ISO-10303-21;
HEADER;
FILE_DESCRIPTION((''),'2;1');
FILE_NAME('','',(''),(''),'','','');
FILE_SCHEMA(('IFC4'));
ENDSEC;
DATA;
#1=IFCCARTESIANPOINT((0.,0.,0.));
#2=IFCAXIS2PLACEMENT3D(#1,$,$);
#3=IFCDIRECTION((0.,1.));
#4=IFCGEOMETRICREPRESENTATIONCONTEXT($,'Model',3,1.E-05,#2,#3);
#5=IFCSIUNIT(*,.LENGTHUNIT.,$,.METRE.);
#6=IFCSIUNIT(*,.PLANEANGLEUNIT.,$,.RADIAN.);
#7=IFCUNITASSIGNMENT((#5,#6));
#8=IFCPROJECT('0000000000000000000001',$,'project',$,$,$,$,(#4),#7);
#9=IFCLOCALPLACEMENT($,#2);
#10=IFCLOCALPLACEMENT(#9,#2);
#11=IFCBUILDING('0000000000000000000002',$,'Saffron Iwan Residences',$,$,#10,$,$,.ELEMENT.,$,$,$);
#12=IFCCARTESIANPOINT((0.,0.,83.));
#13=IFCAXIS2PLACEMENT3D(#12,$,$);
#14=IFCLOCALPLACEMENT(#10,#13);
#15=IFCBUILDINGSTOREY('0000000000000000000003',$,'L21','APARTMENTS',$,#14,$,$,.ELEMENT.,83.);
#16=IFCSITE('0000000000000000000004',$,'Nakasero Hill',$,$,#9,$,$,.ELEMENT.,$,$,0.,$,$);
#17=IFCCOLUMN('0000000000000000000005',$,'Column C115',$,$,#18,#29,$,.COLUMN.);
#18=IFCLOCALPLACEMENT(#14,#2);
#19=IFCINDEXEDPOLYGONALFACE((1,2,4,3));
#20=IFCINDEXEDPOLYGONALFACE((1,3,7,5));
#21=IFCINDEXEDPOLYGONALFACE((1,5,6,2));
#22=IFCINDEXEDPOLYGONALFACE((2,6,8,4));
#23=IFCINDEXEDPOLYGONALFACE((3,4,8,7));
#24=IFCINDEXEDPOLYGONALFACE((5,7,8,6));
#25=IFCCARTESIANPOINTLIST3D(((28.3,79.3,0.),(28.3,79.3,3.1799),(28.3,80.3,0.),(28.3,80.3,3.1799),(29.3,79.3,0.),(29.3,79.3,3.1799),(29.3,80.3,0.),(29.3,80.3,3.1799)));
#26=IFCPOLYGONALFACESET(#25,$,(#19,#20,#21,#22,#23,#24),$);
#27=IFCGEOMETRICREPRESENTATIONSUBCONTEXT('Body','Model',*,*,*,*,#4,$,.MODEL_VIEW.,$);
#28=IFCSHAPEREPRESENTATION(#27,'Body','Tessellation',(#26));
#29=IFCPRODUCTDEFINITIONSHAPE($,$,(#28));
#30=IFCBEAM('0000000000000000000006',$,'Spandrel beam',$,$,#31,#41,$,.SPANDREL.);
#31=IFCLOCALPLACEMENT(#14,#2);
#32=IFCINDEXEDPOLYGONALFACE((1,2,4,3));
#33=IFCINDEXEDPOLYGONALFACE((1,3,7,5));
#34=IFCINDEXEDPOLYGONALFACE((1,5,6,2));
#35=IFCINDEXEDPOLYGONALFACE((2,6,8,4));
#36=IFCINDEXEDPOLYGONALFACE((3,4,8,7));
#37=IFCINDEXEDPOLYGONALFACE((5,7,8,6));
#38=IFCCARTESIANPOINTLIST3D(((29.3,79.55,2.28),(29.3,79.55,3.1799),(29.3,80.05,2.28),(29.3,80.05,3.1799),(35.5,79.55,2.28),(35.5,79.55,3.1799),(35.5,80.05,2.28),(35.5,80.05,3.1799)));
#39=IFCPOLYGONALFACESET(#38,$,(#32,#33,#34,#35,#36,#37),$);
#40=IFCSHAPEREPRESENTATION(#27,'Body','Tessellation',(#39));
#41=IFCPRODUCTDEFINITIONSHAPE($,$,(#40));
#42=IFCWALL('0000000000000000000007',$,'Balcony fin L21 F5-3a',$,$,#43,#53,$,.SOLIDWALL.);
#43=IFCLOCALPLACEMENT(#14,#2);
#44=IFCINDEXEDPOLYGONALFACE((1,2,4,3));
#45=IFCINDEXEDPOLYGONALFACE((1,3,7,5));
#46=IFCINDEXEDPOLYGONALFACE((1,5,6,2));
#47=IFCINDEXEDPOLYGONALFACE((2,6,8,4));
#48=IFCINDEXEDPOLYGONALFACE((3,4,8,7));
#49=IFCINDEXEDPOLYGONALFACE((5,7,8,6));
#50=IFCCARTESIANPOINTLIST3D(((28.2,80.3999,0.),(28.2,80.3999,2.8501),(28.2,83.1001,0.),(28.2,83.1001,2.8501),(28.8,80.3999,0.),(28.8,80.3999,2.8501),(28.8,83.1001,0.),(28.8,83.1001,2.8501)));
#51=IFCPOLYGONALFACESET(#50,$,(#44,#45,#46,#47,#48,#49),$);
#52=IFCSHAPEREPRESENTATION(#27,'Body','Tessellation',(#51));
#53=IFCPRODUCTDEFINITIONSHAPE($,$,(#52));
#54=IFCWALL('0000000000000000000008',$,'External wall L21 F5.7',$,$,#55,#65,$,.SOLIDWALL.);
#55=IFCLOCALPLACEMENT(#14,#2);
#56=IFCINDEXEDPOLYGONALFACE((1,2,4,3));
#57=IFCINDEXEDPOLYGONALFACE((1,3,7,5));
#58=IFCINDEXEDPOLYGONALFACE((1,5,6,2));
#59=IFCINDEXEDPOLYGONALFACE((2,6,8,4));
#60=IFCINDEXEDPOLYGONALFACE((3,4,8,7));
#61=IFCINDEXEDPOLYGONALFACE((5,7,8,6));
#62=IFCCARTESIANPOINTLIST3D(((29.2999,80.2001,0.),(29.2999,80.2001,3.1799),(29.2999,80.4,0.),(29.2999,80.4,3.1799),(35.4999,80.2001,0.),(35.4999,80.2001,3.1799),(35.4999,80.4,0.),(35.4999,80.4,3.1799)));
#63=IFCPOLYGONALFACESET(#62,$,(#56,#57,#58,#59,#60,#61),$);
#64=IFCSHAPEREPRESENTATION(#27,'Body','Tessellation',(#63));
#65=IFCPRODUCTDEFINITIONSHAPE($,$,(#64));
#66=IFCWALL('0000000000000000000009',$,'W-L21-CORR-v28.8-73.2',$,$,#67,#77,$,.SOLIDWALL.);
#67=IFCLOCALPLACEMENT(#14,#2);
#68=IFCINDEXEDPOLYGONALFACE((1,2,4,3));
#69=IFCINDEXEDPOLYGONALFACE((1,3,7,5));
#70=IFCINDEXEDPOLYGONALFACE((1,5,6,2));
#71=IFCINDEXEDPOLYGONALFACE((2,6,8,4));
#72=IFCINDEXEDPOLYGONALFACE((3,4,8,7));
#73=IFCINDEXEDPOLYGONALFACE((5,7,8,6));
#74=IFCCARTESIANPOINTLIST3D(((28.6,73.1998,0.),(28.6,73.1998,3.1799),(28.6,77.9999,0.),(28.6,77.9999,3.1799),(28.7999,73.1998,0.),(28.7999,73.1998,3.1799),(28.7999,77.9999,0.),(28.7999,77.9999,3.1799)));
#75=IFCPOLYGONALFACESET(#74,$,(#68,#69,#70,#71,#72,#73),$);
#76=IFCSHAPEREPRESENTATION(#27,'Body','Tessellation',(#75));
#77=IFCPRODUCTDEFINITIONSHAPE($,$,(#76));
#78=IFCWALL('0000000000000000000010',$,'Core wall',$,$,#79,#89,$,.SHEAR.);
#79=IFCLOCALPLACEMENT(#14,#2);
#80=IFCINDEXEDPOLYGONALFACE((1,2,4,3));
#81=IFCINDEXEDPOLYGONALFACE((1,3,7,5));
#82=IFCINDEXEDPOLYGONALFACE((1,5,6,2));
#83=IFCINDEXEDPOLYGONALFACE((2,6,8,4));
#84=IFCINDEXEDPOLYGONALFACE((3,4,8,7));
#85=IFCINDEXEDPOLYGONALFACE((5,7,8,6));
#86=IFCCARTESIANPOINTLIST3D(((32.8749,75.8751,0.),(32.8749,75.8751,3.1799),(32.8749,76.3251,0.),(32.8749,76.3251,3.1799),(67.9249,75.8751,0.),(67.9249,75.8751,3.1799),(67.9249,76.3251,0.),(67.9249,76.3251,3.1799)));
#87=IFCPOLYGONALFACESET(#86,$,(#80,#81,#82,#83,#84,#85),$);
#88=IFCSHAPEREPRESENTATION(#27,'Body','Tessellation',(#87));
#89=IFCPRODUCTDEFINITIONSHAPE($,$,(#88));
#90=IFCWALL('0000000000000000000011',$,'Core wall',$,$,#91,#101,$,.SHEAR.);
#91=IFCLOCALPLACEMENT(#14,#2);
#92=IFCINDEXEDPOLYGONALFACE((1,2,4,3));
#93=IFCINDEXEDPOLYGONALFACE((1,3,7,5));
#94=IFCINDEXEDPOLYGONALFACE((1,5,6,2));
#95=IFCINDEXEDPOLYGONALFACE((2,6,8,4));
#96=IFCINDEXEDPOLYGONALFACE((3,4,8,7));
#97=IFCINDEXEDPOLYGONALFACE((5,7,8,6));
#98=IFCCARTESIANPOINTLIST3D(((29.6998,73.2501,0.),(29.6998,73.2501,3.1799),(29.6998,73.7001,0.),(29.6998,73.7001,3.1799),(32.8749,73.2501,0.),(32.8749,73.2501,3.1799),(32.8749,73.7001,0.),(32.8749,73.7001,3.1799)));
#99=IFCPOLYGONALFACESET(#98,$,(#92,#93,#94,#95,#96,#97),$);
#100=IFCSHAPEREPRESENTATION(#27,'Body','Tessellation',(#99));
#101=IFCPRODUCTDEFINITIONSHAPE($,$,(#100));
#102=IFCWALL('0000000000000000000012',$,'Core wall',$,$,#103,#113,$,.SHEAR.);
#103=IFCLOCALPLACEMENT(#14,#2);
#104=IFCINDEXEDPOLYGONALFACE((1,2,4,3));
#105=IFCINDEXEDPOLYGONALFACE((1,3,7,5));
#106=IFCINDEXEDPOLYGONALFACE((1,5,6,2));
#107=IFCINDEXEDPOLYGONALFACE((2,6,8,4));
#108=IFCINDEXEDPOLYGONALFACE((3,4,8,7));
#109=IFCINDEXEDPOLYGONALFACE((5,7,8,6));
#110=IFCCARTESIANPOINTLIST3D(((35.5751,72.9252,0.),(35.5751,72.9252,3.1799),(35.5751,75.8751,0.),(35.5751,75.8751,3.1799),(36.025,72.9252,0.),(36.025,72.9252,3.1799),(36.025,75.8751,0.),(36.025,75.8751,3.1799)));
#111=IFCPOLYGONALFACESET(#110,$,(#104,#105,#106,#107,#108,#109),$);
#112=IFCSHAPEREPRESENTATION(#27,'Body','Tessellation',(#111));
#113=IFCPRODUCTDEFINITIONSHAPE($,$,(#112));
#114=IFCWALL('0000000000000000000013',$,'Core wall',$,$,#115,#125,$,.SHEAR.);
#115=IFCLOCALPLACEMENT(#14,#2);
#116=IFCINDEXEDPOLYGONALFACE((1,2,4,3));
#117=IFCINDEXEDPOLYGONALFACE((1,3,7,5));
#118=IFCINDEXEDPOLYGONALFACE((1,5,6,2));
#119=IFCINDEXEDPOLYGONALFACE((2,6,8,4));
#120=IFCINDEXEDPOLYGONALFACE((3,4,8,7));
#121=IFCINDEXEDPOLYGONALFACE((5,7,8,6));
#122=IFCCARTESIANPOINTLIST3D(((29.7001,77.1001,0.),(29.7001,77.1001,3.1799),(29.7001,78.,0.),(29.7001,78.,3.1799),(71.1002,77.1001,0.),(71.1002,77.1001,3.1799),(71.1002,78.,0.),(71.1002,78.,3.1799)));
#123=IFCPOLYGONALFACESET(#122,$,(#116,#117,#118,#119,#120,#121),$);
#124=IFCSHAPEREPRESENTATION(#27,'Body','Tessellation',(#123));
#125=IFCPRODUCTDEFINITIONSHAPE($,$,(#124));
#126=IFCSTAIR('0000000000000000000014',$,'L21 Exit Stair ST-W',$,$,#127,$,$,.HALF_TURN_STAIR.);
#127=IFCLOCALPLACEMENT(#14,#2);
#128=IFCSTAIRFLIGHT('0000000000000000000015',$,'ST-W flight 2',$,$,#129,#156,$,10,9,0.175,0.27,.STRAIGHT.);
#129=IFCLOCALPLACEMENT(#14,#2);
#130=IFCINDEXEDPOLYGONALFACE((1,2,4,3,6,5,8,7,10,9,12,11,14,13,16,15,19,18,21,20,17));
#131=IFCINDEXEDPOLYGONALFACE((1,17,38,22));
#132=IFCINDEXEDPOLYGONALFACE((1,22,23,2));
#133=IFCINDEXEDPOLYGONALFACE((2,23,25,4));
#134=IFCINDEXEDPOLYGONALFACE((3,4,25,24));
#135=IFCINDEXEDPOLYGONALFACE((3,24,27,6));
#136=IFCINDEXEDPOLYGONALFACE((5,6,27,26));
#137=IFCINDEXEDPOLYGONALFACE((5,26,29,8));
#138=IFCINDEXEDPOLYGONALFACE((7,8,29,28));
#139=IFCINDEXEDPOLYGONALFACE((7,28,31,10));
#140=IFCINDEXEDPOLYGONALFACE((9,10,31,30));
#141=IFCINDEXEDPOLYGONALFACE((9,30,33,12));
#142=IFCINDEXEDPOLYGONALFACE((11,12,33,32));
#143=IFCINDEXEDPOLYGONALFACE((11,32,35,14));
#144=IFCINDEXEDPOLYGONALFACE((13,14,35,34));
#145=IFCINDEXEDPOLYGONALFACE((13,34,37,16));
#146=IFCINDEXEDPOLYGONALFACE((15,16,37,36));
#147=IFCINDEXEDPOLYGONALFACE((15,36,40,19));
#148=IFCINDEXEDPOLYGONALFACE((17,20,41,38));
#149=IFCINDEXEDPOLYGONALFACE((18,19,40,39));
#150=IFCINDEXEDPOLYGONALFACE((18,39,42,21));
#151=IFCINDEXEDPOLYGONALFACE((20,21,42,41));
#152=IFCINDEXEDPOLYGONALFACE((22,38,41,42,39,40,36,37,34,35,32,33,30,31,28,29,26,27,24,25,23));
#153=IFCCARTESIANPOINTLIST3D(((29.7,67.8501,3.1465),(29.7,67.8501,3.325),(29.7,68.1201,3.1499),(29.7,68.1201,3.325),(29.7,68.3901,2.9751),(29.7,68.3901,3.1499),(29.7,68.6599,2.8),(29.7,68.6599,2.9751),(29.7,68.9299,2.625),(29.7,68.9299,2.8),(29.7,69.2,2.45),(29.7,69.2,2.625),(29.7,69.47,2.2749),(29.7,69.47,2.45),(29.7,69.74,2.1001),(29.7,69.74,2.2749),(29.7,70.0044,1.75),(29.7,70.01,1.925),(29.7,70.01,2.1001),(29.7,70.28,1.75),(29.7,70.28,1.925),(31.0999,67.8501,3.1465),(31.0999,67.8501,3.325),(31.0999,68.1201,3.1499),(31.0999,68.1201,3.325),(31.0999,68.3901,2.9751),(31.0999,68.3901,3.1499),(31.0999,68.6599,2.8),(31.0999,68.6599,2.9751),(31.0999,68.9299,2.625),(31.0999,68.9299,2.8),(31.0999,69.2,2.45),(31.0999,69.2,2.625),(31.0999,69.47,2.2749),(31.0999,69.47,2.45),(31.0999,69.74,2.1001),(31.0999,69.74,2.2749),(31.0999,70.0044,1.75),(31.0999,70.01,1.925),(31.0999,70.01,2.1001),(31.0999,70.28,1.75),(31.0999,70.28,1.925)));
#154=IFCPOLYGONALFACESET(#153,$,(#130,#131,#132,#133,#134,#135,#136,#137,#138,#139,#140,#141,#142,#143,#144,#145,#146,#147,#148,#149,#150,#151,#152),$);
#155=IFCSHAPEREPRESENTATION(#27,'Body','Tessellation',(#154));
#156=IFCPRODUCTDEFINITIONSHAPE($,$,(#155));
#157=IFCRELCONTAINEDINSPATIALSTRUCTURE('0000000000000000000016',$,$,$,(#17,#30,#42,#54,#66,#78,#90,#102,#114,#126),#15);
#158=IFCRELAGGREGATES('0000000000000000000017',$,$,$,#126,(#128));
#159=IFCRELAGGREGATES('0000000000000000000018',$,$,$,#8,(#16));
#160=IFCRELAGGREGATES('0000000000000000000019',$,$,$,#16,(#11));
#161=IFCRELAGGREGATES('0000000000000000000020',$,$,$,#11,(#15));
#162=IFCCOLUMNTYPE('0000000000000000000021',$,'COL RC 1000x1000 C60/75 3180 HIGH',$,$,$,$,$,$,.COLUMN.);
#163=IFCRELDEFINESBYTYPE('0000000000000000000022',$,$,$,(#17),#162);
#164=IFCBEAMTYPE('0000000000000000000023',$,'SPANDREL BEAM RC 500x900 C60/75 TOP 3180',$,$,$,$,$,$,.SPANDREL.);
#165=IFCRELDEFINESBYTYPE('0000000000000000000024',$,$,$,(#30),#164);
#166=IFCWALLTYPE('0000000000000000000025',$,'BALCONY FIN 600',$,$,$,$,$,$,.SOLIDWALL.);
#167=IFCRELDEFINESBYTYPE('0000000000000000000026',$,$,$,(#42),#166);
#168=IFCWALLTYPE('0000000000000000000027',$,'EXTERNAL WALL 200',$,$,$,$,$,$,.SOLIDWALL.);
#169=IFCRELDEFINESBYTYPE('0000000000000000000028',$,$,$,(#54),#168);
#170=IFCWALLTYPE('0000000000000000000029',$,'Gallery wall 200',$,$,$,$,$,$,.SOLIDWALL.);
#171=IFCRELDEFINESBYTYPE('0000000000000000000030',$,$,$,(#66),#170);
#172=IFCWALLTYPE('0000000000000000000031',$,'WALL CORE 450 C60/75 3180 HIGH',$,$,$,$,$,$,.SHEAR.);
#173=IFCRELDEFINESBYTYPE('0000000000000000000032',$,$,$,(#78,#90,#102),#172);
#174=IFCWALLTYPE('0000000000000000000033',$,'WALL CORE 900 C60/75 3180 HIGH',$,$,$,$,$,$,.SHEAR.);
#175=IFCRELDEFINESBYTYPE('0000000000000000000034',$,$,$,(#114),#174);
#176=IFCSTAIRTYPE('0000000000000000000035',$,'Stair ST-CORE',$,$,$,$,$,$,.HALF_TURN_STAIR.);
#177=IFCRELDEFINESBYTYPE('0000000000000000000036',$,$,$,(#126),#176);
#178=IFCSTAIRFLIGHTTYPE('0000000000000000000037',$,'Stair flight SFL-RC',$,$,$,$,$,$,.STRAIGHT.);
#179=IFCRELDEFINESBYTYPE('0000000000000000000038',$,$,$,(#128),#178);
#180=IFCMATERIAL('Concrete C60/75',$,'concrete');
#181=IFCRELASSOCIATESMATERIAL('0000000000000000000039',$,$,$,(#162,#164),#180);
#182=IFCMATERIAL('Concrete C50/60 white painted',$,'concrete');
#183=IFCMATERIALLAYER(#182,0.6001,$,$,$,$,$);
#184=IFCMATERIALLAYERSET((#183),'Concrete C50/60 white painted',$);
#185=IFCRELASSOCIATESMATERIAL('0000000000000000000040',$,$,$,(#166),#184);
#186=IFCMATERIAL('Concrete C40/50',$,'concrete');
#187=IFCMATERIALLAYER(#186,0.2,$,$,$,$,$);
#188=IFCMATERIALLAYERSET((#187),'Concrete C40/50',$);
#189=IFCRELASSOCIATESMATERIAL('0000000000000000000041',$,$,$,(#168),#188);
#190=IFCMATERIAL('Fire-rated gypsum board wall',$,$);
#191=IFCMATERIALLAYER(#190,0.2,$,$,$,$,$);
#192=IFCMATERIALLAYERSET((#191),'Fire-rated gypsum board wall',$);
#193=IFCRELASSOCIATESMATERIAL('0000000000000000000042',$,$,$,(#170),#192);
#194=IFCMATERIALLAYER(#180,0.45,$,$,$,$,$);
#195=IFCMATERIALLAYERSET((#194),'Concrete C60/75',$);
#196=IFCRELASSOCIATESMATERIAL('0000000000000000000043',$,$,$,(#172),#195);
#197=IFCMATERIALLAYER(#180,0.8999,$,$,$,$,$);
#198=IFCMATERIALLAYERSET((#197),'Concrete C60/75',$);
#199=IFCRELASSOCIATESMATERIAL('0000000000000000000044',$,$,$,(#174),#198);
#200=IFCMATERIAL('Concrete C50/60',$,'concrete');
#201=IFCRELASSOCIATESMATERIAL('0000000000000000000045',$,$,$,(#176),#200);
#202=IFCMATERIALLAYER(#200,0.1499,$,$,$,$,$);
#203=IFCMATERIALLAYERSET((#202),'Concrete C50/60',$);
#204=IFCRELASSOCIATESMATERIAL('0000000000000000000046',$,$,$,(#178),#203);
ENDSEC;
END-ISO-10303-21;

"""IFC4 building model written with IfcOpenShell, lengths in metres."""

from ifc_helpers import new_model, si_unit, direction, frame, frame_2d, origin, origin_2d, place, context, subcontext, project, spatial, polyline, rectangle, outline, extrude, source, transform, mapped, material, layer, layer_set, material_profile, profile_set, type_object, element, aggregate, save


model = new_model("IFC4")

# Units and contexts
model_context = context("Model", 3, precision=1e-05, world=origin(), true_north=direction((0.0, 1.0)))
body_context = subcontext(model_context, "Body", "Model", "MODEL_VIEW")
ifc_project = project(units=[si_unit("LENGTHUNIT", "METRE"), si_unit("PLANEANGLEUNIT", "RADIAN")], contexts=[model_context])

# Site, building, storey
site_placement = place(None, origin())
site = spatial("IfcSite", under=ifc_project, at=site_placement, Name="Nakasero Hill", CompositionType="ELEMENT", RefElevation=0.0)
building_placement = place(site_placement, origin())
building = spatial("IfcBuilding", under=site, at=building_placement, Name="Saffron Iwan Residences", CompositionType="ELEMENT")
storey_placement = place(building_placement, frame((0.0, 0.0, 83.0)))
storey = spatial("IfcBuildingStorey", under=building, at=storey_placement, Name="L21", Description="APARTMENTS", CompositionType="ELEMENT", Elevation=83.0)

# Column
ifc_material_1 = material(Name="Concrete C60/75", Category="concrete")
ifc_material_profile_1 = material_profile(ifc_material_1, rectangle(XDim=1.0, YDim=1.0, at=origin_2d()), Name="RC 1000x1000")
ifc_profile_set_1 = profile_set([ifc_material_profile_1], Name="Concrete C60/75")
column_type = type_object("IfcColumnType", Name="COL RC 1000x1000 C60/75 3180 HIGH", PredefinedType="COLUMN", material=ifc_profile_set_1)
shared_shape_1 = source(origin(), body_context, "Body", "SweptSolid", [
    extrude(rectangle(XDim=1.0, YDim=1.0, at=origin_2d()), origin(), (0.0, 0.0, 1.0), 3.1799),
])
column_placement = place(storey_placement, frame((28.8, 79.8, 0.0), z_axis=(0.0, 0.0, 1.0), x_axis=(1.0, 0.0, 0.0)))
element("IfcColumn", 1, at=column_placement, inside=storey, type_object=column_type, Name="Column C115", PredefinedType="COLUMN", context=body_context, shape_type="MappedRepresentation", body=[
    mapped(shared_shape_1, transform((0.0, 0.0, 0.0))),
])

# Beam
ifc_material_profile_2 = material_profile(ifc_material_1, rectangle(XDim=0.5, YDim=0.8999, at=origin_2d()), Name="RC 500x900")
ifc_profile_set_2 = profile_set([ifc_material_profile_2], Name="Concrete C60/75")
beam_type = type_object("IfcBeamType", Name="SPANDREL BEAM RC 500x900 C60/75 TOP 3180", PredefinedType="SPANDREL", material=ifc_profile_set_2)
shared_shape_2 = source(origin(), body_context, "Body", "SweptSolid", [
    extrude(rectangle(XDim=0.5, YDim=0.8999, at=origin_2d()), origin(), (0.0, 0.0, 1.0), 6.2),
])
beam_placement = place(storey_placement, frame((29.3, 79.8, 2.73), z_axis=(1.0, 0.0, 0.0), x_axis=(0.0, 1.0, 0.0)))
element("IfcBeam", 2, at=beam_placement, inside=storey, type_object=beam_type, Name="Spandrel beam", PredefinedType="SPANDREL", context=body_context, shape_type="MappedRepresentation", body=[
    mapped(shared_shape_2, transform((0.0, 0.0, 0.0))),
])

# Walls
ifc_material_2 = material(Name="Concrete C50/60 white painted", Category="concrete")
ifc_layer_1 = layer(ifc_material_2, 0.6001)
ifc_layer_set_1 = layer_set([ifc_layer_1], Name="Concrete C50/60 white painted")
wall_type_1 = type_object("IfcWallType", Name="BALCONY FIN 600", PredefinedType="SOLIDWALL", material=ifc_layer_set_1)
wall_1_placement = place(storey_placement, frame((28.5, 80.3999, 0.0), z_axis=(0.0, 0.0, 1.0), x_axis=(0.0, 1.0, 0.0)))
element("IfcWall", 3, at=wall_1_placement, inside=storey, type_object=wall_type_1, Name="Balcony fin L21 F5-3a", PredefinedType="SOLIDWALL", context=body_context, shape_type="SweptSolid", body=[
    extrude(rectangle(XDim=2.7002, YDim=0.6001, at=frame_2d((1.3501, 0.0))), origin(), (0.0, 0.0, 1.0), 2.8501),
])
ifc_material_3 = material(Name="Concrete C40/50", Category="concrete")
ifc_layer_2 = layer(ifc_material_3, 0.2)
ifc_layer_set_2 = layer_set([ifc_layer_2], Name="Concrete C40/50")
wall_type_2 = type_object("IfcWallType", Name="EXTERNAL WALL 200", PredefinedType="SOLIDWALL", material=ifc_layer_set_2)
wall_2_placement = place(storey_placement, frame((35.5, 80.3, 0.0), z_axis=(0.0, 0.0, 1.0), x_axis=(-1.0, 0.0, 0.0)))
element("IfcWall", 4, at=wall_2_placement, inside=storey, type_object=wall_type_2, Name="External wall L21 F5.7", PredefinedType="SOLIDWALL", context=body_context, shape_type="SweptSolid", body=[
    extrude(rectangle(XDim=6.2, YDim=0.2, at=frame_2d((3.1001, 0.0))), origin(), (0.0, 0.0, 1.0), 3.1799),
])
ifc_material_4 = material(Name="Fire-rated gypsum board wall")
ifc_layer_3 = layer(ifc_material_4, 0.2)
ifc_layer_set_3 = layer_set([ifc_layer_3], Name="Fire-rated gypsum board wall")
wall_type_3 = type_object("IfcWallType", Name="Gallery wall 200", PredefinedType="SOLIDWALL", material=ifc_layer_set_3)
wall_3_placement = place(storey_placement, frame((28.7, 73.2, 0.0), z_axis=(0.0, 0.0, 1.0), x_axis=(0.0, 1.0, 0.0)))
element("IfcWall", 5, at=wall_3_placement, inside=storey, type_object=wall_type_3, Name="W-L21-CORR-v28.8-73.2", PredefinedType="SOLIDWALL", context=body_context, shape_type="SweptSolid", body=[
    extrude(rectangle(XDim=4.8, YDim=0.2, at=frame_2d((2.3999, 0.0))), origin(), (0.0, 0.0, 1.0), 3.1799),
])

# Shared definitions
ifc_layer_4 = layer(ifc_material_1, 0.45)
ifc_layer_set_4 = layer_set([ifc_layer_4], Name="Concrete C60/75")
wall_type_4 = type_object("IfcWallType", Name="WALL CORE 450 C60/75 3180 HIGH", PredefinedType="SHEAR", material=ifc_layer_set_4)

# Walls
wall_4_placement = place(storey_placement, frame((32.875, 76.1001, 0.0), z_axis=(0.0, 0.0, 1.0), x_axis=(1.0, 0.0, 0.0)))
element("IfcWall", 6, at=wall_4_placement, inside=storey, type_object=wall_type_4, Name="Core wall", PredefinedType="SHEAR", context=body_context, shape_type="SweptSolid", body=[
    extrude(rectangle(XDim=35.05, YDim=0.45, at=frame_2d((17.5249, 0.0))), origin(), (0.0, 0.0, 1.0), 3.1799),
])
wall_5_placement = place(storey_placement, frame((29.7, 73.4751, 0.0), z_axis=(0.0, 0.0, 1.0), x_axis=(1.0, 0.0, 0.0)))
element("IfcWall", 7, at=wall_5_placement, inside=storey, type_object=wall_type_4, Name="Core wall", PredefinedType="SHEAR", context=body_context, shape_type="SweptSolid", body=[
    extrude(rectangle(XDim=3.175, YDim=0.45, at=frame_2d((1.5874, 0.0))), origin(), (0.0, 0.0, 1.0), 3.1799),
])
wall_6_placement = place(storey_placement, frame((35.8, 72.925, 0.0), z_axis=(0.0, 0.0, 1.0), x_axis=(0.0, 1.0, 0.0)))
element("IfcWall", 8, at=wall_6_placement, inside=storey, type_object=wall_type_4, Name="Core wall", PredefinedType="SHEAR", context=body_context, shape_type="SweptSolid", body=[
    extrude(rectangle(XDim=2.95, YDim=0.45, at=frame_2d((1.4751, 0.0))), origin(), (0.0, 0.0, 1.0), 3.1799),
])
ifc_layer_5 = layer(ifc_material_1, 0.8999)
ifc_layer_set_5 = layer_set([ifc_layer_5], Name="Concrete C60/75")
wall_type_5 = type_object("IfcWallType", Name="WALL CORE 900 C60/75 3180 HIGH", PredefinedType="SHEAR", material=ifc_layer_set_5)
wall_7_placement = place(storey_placement, frame((29.7, 77.55, 0.0), z_axis=(0.0, 0.0, 1.0), x_axis=(1.0, 0.0, 0.0)))
element("IfcWall", 9, at=wall_7_placement, inside=storey, type_object=wall_type_5, Name="Core wall", PredefinedType="SHEAR", context=body_context, shape_type="SweptSolid", body=[
    extrude(rectangle(XDim=41.4001, YDim=0.8999, at=frame_2d((20.7002, 0.0))), origin(), (0.0, 0.0, 1.0), 3.1799),
])

# Stair, stair flight
ifc_material_5 = material(Name="Concrete C50/60", Category="concrete")
stair_type = type_object("IfcStairType", Name="Stair ST-CORE", PredefinedType="HALF_TURN_STAIR", material=ifc_material_5)
stair_placement = place(storey_placement, origin())
stair = element("IfcStair", 10, at=stair_placement, inside=storey, type_object=stair_type, Name="L21 Exit Stair ST-W", PredefinedType="HALF_TURN_STAIR")
ifc_layer_6 = layer(ifc_material_5, 0.1499)
ifc_layer_set_6 = layer_set([ifc_layer_6], Name="Concrete C50/60")
stair_flight_type = type_object("IfcStairFlightType", Name="Stair flight SFL-RC", PredefinedType="STRAIGHT", material=ifc_layer_set_6)
stair_flight_placement = place(storey_placement, frame((30.3999, 70.28, 1.75), z_axis=(0.0, 0.0, 1.0), x_axis=(0.0, -1.0, 0.0)))
stair_flight = element("IfcStairFlight", 11, at=stair_flight_placement, type_object=stair_flight_type, Name="ST-W flight 2", NumberOfRisers=10, NumberOfTreads=9, PredefinedType="STRAIGHT", RiserHeight=0.175, TreadLength=0.27, context=body_context, shape_type="SweptSolid", body=[
    extrude(outline(polyline([(0.0, 0.0), (0.0, 0.175), (0.27, 0.175), (0.27, 0.3501), (0.54, 0.3501), (0.54, 0.5249), (0.8101, 0.5249), (0.8101, 0.7), (1.0801, 0.7), (1.0801, 0.875), (1.3501, 0.875), (1.3501, 1.05), (1.6201, 1.05), (1.6201, 1.2251), (1.8899, 1.2251), (1.8899, 1.3999), (2.1599, 1.3999), (2.1599, 1.575), (2.4299, 1.575), (2.4299, 1.75), (2.4299, 1.3965), (0.2756, 0.0), (0.0, 0.0)])), frame((0.0, 0.7, 0.0), z_axis=(0.0, -1.0, 0.0), x_axis=(1.0, 0.0, 0.0)), (0.0, 0.0, 1.0), 1.3999),
])
aggregate(stair, [stair_flight])

save(model, "model.ifc")
